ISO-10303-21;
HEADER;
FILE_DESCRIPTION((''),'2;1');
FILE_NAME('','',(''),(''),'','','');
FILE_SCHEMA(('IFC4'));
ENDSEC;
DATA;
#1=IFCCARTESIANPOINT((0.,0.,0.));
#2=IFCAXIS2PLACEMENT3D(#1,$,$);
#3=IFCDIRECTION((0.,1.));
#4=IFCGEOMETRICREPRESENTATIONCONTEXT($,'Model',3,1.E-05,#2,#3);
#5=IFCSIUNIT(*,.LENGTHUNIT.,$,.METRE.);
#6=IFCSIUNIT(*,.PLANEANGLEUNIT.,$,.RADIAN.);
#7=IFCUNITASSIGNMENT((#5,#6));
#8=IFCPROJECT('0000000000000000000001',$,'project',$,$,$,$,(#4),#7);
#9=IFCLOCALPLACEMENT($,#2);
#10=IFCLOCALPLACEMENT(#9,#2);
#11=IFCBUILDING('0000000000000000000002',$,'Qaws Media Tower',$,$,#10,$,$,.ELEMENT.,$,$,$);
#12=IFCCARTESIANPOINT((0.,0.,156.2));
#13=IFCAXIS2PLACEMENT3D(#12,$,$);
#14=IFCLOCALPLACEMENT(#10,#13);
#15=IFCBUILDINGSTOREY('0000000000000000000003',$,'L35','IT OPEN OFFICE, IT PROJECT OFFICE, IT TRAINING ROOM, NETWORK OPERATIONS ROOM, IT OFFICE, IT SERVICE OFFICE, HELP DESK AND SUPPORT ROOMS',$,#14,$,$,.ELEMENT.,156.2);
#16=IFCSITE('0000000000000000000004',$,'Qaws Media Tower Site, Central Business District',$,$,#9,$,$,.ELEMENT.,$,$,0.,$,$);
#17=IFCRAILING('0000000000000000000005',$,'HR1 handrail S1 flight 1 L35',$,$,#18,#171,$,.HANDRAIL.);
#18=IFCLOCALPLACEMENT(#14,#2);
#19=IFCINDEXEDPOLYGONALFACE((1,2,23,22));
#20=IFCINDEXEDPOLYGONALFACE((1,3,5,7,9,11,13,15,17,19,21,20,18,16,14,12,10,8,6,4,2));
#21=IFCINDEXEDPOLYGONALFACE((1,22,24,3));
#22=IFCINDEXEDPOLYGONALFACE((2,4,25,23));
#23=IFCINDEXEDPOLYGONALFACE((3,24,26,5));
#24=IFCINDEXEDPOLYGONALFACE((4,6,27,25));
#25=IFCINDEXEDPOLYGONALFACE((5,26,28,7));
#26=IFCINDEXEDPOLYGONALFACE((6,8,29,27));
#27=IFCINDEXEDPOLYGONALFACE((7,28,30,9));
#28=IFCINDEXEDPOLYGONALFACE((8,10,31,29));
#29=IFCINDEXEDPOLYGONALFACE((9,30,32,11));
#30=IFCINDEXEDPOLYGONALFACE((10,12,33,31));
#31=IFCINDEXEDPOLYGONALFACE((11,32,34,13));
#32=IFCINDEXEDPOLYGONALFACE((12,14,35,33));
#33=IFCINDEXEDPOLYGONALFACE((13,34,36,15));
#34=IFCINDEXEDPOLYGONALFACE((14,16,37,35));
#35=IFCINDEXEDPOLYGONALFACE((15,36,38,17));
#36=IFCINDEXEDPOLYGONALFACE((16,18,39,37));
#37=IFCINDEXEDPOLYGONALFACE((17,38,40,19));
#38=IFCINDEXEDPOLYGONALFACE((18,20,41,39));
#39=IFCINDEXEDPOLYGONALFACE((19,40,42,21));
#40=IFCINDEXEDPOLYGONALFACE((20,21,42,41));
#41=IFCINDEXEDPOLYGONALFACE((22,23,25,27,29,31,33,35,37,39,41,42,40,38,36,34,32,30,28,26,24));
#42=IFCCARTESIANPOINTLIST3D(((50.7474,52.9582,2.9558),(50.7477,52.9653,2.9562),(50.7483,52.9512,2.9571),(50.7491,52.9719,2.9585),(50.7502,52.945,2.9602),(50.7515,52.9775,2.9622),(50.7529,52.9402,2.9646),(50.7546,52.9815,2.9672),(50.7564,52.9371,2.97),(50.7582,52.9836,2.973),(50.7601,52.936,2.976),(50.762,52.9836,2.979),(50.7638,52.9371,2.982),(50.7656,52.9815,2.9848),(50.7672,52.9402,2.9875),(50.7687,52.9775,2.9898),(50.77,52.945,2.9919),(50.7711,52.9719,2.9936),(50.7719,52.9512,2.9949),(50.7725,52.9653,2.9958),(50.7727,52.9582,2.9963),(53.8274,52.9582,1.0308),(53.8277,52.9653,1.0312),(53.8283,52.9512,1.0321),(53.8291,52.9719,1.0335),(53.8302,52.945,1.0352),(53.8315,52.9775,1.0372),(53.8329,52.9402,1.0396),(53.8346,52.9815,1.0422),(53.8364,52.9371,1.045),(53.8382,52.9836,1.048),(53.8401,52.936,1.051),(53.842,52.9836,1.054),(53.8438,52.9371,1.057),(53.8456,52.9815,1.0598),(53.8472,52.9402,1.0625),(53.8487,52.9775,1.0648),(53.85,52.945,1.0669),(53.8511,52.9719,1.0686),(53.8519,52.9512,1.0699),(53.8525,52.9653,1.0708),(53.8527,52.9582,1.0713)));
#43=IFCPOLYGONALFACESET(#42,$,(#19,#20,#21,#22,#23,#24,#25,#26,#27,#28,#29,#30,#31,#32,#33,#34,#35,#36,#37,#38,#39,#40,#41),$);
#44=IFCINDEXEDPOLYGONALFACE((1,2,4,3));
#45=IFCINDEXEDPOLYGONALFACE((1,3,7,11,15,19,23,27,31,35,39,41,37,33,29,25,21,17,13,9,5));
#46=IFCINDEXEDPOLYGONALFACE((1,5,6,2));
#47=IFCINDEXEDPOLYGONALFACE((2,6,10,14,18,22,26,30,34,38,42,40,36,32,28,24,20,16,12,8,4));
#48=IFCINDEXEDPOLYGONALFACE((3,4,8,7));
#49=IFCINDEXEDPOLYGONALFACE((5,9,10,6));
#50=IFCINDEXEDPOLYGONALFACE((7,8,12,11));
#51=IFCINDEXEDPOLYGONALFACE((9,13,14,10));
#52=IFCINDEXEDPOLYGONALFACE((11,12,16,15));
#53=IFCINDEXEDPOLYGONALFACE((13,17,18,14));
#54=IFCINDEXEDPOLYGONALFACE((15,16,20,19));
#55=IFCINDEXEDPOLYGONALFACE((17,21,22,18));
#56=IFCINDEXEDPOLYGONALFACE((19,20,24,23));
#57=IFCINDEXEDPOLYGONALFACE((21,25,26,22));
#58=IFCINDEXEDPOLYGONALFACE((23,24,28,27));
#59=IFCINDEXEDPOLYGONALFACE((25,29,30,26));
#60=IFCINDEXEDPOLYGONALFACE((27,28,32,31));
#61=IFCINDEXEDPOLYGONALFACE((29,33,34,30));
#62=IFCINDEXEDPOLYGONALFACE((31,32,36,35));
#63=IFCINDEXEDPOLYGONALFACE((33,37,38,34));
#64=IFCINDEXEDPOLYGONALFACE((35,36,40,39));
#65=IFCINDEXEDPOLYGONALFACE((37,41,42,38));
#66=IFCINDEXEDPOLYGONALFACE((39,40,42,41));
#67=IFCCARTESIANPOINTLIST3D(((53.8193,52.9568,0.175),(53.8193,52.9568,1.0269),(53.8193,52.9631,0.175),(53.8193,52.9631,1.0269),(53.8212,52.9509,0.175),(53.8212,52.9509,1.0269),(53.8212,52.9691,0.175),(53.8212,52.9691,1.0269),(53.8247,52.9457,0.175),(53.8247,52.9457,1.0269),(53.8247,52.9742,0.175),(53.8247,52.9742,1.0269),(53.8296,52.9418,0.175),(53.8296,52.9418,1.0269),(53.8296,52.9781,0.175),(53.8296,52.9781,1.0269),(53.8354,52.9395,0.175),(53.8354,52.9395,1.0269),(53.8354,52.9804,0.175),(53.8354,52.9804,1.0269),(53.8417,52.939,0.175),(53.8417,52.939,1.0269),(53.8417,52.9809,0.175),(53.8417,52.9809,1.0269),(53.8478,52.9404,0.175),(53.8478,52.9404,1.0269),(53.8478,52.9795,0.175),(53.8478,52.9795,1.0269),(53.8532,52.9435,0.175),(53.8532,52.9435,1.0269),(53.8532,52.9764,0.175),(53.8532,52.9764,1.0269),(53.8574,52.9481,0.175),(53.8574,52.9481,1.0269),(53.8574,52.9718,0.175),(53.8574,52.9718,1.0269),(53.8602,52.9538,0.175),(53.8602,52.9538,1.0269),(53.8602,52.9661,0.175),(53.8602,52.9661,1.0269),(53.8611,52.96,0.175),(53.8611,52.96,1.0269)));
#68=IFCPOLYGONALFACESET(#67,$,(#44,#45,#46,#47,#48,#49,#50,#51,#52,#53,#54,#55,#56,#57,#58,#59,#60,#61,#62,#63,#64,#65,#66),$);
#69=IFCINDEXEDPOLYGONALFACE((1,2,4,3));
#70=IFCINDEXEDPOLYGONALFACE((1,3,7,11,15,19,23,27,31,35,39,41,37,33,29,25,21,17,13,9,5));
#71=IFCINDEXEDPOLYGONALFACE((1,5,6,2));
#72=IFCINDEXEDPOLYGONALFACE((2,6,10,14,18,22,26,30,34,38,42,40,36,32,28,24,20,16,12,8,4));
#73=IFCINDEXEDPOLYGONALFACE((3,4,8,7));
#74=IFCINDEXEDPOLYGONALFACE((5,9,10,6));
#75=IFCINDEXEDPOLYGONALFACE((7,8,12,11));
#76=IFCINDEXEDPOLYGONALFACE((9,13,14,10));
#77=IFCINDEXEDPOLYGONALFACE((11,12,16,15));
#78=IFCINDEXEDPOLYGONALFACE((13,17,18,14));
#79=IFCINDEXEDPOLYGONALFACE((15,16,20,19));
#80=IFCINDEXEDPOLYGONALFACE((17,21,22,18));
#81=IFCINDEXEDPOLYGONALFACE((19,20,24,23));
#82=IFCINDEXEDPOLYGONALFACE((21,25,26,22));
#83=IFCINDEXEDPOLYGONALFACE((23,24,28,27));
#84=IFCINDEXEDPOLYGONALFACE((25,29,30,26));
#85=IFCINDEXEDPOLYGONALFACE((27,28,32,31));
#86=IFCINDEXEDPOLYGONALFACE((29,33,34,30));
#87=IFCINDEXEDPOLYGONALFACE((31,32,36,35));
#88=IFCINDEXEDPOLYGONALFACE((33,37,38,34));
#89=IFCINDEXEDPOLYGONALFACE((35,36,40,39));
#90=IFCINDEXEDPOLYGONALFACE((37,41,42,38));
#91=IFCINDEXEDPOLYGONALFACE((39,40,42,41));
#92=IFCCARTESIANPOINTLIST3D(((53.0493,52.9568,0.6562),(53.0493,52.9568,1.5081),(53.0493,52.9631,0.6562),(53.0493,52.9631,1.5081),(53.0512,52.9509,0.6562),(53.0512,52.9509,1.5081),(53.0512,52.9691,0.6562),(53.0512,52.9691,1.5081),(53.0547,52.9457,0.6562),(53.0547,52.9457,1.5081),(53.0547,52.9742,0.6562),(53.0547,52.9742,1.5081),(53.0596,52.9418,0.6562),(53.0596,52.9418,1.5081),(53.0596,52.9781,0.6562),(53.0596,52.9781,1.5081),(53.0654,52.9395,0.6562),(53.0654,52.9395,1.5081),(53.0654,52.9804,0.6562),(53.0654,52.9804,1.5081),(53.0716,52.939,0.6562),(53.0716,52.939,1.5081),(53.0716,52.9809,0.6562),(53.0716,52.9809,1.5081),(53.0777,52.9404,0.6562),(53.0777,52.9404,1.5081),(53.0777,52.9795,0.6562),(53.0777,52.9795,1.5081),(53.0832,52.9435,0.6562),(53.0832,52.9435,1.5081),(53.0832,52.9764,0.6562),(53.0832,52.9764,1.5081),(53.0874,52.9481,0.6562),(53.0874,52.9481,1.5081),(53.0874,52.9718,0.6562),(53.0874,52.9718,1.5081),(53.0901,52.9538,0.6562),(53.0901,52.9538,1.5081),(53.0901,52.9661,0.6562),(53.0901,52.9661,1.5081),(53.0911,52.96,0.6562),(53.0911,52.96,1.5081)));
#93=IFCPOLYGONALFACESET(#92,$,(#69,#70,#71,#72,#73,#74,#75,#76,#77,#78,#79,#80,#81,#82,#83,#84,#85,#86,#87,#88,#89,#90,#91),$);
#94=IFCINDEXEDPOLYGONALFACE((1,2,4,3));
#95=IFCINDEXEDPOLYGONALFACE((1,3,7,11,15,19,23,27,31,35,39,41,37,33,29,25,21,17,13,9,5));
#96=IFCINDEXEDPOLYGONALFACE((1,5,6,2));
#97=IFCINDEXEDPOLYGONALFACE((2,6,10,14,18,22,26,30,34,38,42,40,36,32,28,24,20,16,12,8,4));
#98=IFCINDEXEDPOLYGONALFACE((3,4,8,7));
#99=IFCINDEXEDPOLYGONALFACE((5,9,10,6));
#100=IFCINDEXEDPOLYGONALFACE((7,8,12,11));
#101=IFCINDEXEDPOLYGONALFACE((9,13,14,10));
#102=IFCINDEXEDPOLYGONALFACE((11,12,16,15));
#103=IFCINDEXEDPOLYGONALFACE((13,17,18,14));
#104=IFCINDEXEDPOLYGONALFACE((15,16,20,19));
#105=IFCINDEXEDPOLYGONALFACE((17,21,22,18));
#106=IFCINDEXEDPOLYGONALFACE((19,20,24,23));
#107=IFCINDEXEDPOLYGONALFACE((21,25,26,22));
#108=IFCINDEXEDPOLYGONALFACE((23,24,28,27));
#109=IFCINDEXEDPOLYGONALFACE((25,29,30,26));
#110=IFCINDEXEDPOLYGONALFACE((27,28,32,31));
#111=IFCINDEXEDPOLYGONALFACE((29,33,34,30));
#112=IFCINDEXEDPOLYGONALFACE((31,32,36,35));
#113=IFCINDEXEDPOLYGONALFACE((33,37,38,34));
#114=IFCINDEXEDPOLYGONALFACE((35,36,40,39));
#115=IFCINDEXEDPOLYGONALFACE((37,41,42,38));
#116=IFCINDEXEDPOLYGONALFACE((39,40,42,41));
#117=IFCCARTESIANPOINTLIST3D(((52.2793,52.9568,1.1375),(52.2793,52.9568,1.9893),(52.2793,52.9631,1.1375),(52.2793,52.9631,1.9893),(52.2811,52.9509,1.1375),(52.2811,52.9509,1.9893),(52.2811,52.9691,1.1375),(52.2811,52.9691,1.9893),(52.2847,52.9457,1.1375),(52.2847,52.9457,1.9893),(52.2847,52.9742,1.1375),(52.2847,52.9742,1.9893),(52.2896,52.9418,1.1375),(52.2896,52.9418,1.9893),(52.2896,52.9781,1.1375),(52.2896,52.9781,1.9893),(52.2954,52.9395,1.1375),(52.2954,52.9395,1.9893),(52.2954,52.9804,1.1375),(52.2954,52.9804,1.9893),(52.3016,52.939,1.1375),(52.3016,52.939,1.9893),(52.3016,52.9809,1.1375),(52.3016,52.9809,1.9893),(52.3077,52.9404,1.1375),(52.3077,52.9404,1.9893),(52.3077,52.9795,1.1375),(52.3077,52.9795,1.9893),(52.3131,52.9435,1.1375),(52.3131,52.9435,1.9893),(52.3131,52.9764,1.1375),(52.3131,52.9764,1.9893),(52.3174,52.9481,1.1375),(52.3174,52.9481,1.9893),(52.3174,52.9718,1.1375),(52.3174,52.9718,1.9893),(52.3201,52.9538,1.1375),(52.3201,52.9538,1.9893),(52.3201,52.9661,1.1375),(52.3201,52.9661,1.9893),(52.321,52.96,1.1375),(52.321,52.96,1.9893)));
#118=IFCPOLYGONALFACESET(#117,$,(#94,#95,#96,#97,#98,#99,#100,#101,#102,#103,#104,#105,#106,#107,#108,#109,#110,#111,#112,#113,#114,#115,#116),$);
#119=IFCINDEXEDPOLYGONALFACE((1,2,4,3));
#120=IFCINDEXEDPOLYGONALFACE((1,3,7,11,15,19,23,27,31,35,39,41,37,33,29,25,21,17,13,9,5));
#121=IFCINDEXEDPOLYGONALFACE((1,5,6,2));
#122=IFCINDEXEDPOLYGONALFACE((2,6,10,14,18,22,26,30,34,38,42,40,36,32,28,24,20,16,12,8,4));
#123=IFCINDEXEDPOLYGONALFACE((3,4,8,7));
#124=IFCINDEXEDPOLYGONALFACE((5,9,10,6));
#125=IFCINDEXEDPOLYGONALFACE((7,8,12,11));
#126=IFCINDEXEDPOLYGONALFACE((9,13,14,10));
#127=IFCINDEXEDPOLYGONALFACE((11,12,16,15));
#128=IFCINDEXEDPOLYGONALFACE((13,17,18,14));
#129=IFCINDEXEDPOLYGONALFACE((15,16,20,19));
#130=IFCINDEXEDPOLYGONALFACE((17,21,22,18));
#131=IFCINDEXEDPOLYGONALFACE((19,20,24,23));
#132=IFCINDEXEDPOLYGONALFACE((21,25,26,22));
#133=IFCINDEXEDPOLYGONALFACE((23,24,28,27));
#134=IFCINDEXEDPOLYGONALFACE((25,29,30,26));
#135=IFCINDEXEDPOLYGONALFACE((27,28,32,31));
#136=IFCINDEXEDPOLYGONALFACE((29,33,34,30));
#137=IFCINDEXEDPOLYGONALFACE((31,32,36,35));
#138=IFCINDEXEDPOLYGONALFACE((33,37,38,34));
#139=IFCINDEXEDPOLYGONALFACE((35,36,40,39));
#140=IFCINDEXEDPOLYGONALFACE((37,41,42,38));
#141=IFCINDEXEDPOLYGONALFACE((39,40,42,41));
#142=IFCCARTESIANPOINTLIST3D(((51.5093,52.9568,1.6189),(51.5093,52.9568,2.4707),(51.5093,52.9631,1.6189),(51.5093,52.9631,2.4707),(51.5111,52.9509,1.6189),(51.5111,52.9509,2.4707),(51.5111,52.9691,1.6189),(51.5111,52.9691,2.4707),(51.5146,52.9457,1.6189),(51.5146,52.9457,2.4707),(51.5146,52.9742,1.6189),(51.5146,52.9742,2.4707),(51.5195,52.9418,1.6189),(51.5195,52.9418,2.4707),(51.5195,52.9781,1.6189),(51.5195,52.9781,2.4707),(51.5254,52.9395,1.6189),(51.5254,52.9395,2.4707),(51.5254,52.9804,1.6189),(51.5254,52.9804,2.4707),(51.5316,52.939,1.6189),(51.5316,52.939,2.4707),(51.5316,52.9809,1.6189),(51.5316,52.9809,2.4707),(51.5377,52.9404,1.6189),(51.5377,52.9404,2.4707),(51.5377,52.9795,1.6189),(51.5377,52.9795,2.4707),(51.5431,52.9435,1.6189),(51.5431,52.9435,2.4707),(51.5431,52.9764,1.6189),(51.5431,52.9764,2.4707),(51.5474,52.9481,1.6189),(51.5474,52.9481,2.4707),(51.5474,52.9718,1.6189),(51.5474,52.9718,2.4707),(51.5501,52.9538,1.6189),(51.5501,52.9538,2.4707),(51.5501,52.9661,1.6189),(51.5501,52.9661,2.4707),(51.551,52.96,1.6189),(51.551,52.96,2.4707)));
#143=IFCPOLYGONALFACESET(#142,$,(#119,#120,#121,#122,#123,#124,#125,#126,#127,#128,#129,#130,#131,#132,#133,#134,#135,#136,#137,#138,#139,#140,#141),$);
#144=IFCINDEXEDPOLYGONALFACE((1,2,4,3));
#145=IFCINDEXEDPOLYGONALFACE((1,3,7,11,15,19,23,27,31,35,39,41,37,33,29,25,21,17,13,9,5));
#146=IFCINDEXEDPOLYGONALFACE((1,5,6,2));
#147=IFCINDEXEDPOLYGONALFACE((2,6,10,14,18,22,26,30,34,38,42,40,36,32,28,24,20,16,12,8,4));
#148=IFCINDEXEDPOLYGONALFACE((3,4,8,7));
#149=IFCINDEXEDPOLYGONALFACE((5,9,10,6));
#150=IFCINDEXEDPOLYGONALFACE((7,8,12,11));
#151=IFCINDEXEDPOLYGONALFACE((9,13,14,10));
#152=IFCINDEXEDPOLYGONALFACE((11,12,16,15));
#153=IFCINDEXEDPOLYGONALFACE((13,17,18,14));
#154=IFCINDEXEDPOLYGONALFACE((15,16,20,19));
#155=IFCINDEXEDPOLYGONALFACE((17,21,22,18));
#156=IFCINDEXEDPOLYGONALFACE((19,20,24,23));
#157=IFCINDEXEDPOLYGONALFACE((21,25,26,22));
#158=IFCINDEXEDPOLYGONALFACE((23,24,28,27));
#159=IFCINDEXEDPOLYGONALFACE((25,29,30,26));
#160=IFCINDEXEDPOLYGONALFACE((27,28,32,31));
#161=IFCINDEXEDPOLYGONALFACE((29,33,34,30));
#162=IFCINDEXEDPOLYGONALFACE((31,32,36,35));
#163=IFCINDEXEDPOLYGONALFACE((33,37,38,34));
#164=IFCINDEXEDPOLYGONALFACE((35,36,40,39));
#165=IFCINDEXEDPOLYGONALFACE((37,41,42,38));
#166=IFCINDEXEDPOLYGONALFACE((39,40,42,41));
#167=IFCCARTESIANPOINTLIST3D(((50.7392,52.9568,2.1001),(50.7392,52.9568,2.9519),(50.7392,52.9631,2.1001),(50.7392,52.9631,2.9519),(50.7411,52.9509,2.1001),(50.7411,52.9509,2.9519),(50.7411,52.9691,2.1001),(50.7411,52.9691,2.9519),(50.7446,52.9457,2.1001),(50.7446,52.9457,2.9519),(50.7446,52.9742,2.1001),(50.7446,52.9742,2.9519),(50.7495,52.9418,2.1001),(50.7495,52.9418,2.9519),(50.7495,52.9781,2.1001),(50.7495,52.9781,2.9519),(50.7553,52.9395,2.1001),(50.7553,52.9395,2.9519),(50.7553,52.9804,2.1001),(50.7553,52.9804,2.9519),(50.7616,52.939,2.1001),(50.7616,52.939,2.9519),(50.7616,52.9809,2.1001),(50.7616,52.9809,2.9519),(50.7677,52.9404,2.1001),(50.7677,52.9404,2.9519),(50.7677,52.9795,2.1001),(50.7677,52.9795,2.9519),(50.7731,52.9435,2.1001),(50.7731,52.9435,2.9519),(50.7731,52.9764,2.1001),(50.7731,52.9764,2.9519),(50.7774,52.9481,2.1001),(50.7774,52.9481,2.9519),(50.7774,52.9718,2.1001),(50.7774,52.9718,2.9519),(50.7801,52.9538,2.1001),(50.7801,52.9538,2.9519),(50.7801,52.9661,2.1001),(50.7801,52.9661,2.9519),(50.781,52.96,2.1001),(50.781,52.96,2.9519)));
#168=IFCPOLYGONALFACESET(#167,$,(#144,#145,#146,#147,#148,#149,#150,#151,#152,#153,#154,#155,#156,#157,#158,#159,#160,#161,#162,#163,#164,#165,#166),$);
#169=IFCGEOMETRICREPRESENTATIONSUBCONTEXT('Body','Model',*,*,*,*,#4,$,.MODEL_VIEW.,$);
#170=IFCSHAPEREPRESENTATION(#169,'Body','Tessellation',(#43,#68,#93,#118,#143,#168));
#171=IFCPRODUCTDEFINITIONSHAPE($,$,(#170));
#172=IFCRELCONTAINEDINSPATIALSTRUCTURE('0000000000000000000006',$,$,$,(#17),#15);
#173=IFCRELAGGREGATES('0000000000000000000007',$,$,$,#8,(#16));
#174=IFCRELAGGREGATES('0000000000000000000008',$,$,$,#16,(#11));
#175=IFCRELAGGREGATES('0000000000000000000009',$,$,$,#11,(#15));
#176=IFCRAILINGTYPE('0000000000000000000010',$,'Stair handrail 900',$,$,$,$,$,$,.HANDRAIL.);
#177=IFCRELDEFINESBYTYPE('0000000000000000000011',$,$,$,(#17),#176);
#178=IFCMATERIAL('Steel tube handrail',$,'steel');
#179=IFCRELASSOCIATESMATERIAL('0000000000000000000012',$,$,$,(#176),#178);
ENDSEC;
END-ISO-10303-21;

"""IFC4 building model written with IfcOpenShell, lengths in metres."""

from ifc_helpers import new_model, si_unit, direction, frame, origin, origin_2d, place, context, subcontext, project, spatial, circle, extrude, material, type_object, element, save


model = new_model("IFC4")

# Units and contexts
model_context = context("Model", 3, precision=1e-05, world=origin(), true_north=direction((0.0, 1.0)))
body_context = subcontext(model_context, "Body", "Model", "MODEL_VIEW")
ifc_project = project(units=[si_unit("LENGTHUNIT", "METRE"), si_unit("PLANEANGLEUNIT", "RADIAN")], contexts=[model_context])

# Site, building, storey
site_placement = place(None, origin())
site = spatial("IfcSite", under=ifc_project, at=site_placement, Name="Qaws Media Tower Site, Central Business District", CompositionType="ELEMENT", RefElevation=0.0)
building_placement = place(site_placement, origin())
building = spatial("IfcBuilding", under=site, at=building_placement, Name="Qaws Media Tower", CompositionType="ELEMENT")
storey_placement = place(building_placement, frame((0.0, 0.0, 156.2)))
storey = spatial("IfcBuildingStorey", under=building, at=storey_placement, Name="L35", Description="IT OPEN OFFICE, IT PROJECT OFFICE, IT TRAINING ROOM, NETWORK OPERATIONS ROOM, IT OFFICE, IT SERVICE OFFICE, HELP DESK AND SUPPORT ROOMS", CompositionType="ELEMENT", Elevation=156.2)

# Railing
ifc_material_1 = material(Name="Steel tube handrail", Category="steel")
railing_type = type_object("IfcRailingType", Name="Stair handrail 900", PredefinedType="HANDRAIL", material=ifc_material_1)
for number, where, name in (
    (1, (53.8401, 52.96, 0.175), "HR1 handrail S1 flight 1 L35"),
):
    element("IfcRailing", number, at=place(storey_placement, frame(where)), inside=storey, type_object=railing_type, Name=name, PredefinedType="HANDRAIL", context=body_context, shape_type="SweptSolid", body=[
        extrude(circle(Radius=0.0239, at=origin_2d()), frame((0.0, 0.0, 0.876), z_axis=(-0.847998, 0.0, 0.529999), x_axis=(0.0, -1.0, 0.0)), (0.0, 0.0, 1.0), 3.6321),
        extrude(circle(Radius=0.021, at=origin_2d()), origin(), (0.0, 0.0, 1.0), 0.8518),
        extrude(circle(Radius=0.021, at=origin_2d()), frame((-0.77, 0.0, 0.4812)), (0.0, 0.0, 1.0), 0.8518),
        extrude(circle(Radius=0.021, at=origin_2d()), frame((-1.54, 0.0, 0.9624)), (0.0, 0.0, 1.0), 0.8518),
        extrude(circle(Radius=0.021, at=origin_2d()), frame((-2.3101, 0.0, 1.4438)), (0.0, 0.0, 1.0), 0.8518),
        extrude(circle(Radius=0.021, at=origin_2d()), frame((-3.0801, 0.0, 1.925)), (0.0, 0.0, 1.0), 0.8518),
    ])

save(model, "model.ifc")
